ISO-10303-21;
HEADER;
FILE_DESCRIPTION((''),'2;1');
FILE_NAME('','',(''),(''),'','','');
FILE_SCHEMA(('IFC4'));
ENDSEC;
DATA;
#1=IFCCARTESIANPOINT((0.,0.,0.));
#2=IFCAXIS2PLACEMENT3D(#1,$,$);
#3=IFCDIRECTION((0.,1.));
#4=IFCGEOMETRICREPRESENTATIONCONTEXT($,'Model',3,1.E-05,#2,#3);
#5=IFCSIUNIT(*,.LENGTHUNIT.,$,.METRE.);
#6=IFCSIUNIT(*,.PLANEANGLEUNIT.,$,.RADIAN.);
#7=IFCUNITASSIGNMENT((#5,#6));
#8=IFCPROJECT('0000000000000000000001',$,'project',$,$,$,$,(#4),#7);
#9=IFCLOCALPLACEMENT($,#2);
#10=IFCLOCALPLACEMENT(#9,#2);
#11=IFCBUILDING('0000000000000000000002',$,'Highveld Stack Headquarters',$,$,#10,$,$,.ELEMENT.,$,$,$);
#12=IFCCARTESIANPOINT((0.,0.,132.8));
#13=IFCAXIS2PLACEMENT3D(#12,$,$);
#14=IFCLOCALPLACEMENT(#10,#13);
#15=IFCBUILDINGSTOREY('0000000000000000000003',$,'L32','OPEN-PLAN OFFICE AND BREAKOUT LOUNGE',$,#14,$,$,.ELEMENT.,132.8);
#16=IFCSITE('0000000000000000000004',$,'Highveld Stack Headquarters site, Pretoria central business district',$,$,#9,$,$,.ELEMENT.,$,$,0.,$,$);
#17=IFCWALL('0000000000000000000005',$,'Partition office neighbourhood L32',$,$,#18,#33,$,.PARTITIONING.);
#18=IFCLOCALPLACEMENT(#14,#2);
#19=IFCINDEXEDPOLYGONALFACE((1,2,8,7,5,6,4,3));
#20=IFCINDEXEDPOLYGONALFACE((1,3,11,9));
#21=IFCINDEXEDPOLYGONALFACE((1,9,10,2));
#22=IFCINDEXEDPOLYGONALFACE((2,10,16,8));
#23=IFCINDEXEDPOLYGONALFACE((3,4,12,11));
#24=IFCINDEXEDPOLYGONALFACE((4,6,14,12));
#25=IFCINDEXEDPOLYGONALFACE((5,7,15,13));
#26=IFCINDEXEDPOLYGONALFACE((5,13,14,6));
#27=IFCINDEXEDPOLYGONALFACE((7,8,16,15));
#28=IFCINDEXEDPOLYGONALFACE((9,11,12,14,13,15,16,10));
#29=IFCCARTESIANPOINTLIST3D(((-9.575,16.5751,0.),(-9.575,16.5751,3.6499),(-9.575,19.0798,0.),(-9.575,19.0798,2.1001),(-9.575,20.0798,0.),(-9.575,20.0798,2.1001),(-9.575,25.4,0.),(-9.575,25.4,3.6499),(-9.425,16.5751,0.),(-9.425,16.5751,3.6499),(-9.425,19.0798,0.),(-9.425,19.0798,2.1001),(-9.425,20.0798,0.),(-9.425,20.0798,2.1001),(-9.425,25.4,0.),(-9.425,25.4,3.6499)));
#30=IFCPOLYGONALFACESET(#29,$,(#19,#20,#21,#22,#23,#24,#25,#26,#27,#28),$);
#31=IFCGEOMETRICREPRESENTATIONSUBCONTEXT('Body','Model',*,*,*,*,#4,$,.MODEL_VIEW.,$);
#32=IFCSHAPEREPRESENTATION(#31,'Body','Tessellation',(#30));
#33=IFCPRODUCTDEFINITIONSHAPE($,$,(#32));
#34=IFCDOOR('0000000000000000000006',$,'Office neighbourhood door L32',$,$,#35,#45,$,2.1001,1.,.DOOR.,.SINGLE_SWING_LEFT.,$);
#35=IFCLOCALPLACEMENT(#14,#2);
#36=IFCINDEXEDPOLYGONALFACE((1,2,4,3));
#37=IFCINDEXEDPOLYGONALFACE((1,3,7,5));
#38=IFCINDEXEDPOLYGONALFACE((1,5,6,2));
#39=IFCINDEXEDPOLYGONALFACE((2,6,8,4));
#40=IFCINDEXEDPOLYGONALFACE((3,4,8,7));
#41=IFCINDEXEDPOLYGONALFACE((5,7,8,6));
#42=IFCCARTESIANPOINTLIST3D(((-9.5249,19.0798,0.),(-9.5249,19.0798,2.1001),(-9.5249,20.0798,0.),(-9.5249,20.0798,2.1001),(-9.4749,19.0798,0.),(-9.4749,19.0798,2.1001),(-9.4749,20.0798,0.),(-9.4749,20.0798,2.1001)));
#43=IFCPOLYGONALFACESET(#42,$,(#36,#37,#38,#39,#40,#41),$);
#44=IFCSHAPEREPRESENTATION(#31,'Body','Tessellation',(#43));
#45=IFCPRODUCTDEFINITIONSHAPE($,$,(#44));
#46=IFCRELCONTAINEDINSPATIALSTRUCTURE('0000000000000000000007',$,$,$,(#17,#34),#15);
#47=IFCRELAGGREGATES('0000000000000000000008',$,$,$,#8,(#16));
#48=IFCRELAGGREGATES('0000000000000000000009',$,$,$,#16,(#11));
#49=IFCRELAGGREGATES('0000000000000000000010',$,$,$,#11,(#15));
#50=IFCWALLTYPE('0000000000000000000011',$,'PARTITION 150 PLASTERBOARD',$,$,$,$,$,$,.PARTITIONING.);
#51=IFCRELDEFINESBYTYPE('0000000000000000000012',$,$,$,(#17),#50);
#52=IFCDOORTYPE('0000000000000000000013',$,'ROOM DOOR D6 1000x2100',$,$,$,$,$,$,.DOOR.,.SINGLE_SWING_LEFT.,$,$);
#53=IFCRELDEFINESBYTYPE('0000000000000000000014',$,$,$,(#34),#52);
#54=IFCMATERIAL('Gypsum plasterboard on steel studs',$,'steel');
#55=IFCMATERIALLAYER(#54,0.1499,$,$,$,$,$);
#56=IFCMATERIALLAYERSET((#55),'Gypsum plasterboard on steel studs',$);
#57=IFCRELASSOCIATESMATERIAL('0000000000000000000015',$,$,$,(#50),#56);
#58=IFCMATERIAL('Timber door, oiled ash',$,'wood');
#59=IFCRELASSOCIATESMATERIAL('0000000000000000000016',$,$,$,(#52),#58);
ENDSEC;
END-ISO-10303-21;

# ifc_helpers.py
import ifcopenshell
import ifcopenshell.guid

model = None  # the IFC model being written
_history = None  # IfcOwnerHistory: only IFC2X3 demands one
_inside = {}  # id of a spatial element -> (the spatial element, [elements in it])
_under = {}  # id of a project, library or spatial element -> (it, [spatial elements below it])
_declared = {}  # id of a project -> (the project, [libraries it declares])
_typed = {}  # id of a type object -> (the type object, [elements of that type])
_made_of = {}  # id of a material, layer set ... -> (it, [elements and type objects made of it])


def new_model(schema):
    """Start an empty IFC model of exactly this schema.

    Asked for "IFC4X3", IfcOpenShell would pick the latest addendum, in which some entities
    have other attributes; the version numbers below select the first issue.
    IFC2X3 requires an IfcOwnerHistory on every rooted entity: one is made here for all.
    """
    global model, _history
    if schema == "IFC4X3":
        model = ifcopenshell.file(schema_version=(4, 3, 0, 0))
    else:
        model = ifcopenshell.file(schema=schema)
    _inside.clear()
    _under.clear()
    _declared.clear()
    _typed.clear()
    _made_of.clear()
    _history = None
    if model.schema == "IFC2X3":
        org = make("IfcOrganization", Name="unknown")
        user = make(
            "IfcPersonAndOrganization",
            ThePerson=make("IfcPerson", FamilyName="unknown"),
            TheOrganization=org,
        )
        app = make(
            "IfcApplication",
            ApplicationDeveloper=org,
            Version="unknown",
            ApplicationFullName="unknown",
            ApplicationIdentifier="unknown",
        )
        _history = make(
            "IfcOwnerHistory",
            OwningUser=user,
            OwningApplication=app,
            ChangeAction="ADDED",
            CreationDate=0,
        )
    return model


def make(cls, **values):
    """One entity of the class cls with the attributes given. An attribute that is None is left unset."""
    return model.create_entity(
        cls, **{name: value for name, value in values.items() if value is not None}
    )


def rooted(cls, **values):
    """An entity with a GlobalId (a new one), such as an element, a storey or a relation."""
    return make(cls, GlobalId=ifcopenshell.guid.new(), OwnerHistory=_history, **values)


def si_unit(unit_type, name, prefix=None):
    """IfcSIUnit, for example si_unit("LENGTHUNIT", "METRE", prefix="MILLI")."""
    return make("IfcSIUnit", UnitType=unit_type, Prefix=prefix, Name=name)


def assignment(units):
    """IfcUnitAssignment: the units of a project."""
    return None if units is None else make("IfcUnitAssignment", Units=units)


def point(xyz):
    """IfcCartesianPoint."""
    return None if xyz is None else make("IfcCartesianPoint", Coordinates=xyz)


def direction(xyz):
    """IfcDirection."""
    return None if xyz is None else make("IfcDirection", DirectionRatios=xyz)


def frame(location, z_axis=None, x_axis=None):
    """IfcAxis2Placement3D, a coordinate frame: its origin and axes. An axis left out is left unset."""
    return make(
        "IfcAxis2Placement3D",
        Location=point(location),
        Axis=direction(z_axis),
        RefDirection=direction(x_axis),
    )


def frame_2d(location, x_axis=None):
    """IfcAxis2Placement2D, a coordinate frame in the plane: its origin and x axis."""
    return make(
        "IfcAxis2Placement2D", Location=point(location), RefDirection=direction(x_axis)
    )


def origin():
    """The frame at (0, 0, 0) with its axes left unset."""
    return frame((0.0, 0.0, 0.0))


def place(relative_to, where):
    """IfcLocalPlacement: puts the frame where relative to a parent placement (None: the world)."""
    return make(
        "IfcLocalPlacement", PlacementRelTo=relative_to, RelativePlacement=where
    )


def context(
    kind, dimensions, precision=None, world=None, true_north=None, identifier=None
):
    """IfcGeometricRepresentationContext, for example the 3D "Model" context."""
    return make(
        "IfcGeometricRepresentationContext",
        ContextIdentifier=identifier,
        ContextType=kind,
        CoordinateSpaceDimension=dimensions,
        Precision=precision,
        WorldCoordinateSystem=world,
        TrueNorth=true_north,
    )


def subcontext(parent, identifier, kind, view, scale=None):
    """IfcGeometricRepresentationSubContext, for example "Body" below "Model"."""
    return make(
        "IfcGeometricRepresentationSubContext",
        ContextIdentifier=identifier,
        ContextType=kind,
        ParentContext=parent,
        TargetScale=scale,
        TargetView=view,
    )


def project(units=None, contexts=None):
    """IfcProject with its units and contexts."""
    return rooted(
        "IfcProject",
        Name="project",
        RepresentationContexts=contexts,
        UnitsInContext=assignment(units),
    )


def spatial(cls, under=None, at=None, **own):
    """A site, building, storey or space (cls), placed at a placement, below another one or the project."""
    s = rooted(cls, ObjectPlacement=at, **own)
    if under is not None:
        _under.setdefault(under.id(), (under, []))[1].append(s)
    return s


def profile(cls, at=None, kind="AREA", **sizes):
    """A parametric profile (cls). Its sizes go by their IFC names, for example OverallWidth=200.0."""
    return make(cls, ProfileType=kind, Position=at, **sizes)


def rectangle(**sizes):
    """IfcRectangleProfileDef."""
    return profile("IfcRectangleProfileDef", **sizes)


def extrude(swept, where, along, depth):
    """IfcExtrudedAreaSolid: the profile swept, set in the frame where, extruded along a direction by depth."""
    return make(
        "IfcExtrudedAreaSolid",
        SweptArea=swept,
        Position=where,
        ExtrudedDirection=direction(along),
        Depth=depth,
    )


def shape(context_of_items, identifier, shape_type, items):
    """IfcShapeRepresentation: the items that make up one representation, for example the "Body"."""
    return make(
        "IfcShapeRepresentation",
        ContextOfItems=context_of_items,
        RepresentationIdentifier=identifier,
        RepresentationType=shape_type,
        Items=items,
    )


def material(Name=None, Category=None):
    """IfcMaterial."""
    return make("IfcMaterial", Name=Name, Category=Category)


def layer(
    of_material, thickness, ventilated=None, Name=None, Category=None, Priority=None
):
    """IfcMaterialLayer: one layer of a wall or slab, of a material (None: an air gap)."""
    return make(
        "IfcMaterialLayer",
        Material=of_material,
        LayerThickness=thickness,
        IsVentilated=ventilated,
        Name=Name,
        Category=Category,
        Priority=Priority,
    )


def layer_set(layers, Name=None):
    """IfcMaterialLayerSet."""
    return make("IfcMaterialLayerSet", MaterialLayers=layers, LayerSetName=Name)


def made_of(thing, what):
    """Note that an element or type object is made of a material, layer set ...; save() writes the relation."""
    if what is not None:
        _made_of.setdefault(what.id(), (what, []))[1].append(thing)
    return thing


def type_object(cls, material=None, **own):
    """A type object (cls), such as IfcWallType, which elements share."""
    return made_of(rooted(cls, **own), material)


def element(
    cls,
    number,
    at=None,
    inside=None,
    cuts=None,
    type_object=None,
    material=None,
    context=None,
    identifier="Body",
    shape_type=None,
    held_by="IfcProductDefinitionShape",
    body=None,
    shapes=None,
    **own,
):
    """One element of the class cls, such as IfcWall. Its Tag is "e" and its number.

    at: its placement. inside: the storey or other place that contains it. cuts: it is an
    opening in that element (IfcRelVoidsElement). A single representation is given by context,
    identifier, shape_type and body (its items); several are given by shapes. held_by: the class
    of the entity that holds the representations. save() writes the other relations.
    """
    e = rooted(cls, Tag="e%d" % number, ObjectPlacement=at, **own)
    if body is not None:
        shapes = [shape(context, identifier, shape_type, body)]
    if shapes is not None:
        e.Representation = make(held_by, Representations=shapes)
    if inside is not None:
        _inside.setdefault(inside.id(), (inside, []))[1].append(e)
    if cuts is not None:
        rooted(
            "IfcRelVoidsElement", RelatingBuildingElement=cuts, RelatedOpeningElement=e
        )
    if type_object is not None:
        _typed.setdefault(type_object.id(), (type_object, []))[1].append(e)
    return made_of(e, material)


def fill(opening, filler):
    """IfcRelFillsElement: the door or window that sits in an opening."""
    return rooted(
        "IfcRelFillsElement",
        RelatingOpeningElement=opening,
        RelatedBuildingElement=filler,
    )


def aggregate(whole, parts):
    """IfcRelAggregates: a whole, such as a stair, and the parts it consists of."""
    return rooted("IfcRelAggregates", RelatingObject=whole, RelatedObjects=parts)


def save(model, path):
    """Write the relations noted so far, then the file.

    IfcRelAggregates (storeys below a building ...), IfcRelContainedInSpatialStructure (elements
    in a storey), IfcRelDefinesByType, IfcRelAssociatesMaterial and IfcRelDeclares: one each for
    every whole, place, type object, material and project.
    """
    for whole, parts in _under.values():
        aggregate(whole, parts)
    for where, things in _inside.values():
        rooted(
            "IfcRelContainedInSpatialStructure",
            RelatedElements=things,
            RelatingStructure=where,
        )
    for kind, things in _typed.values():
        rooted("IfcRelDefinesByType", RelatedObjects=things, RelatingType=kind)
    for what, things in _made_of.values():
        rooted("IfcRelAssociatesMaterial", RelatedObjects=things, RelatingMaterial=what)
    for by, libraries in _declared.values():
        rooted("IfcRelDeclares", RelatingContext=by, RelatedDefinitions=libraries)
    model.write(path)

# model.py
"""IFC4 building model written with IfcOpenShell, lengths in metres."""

from ifc_helpers import new_model, si_unit, direction, frame, frame_2d, origin, place, context, subcontext, project, spatial, rectangle, extrude, material, layer, layer_set, type_object, element, fill, save


model = new_model("IFC4")

# Units and contexts
model_context = context("Model", 3, precision=1e-05, world=origin(), true_north=direction((0.0, 1.0)))
body_context = subcontext(model_context, "Body", "Model", "MODEL_VIEW")
ifc_project = project(units=[si_unit("LENGTHUNIT", "METRE"), si_unit("PLANEANGLEUNIT", "RADIAN")], contexts=[model_context])

# Site, building, storey
site_placement = place(None, origin())
site = spatial("IfcSite", under=ifc_project, at=site_placement, Name="Highveld Stack Headquarters site, Pretoria central business district", CompositionType="ELEMENT", RefElevation=0.0)
building_placement = place(site_placement, origin())
building = spatial("IfcBuilding", under=site, at=building_placement, Name="Highveld Stack Headquarters", CompositionType="ELEMENT")
storey_placement = place(building_placement, frame((0.0, 0.0, 132.8)))
storey = spatial("IfcBuildingStorey", under=building, at=storey_placement, Name="L32", Description="OPEN-PLAN OFFICE AND BREAKOUT LOUNGE", CompositionType="ELEMENT", Elevation=132.8)

# Shared definitions
ifc_material_1 = material(Name="Gypsum plasterboard on steel studs", Category="steel")
ifc_layer_1 = layer(ifc_material_1, 0.1499)
ifc_layer_set_1 = layer_set([ifc_layer_1], Name="Gypsum plasterboard on steel studs")
wall_type = type_object("IfcWallType", Name="PARTITION 150 PLASTERBOARD", PredefinedType="PARTITIONING", material=ifc_layer_set_1)
ifc_material_2 = material(Name="Timber door, oiled ash", Category="wood")
door_type = type_object("IfcDoorType", Name="ROOM DOOR D6 1000x2100", OperationType="SINGLE_SWING_LEFT", PredefinedType="DOOR", material=ifc_material_2)

# Wall, opening, door
wall_1_placement = place(storey_placement, frame((-9.5, 16.575, 0.0), z_axis=(0.0, 0.0, 1.0), x_axis=(0.0, 1.0, 0.0)))
wall_1 = element("IfcWall", 1, at=wall_1_placement, inside=storey, type_object=wall_type, Name="Partition office neighbourhood L32", PredefinedType="PARTITIONING", context=body_context, shape_type="SweptSolid", body=[
    extrude(rectangle(XDim=8.825, YDim=0.1499, at=frame_2d((4.4126, 0.0))), origin(), (0.0, 0.0, 1.0), 3.6499),
])
opening_1_placement = place(wall_1_placement, frame((2.5049, 0.0, 0.0)))
opening_1 = element("IfcOpeningElement", 2, at=opening_1_placement, cuts=wall_1, PredefinedType="OPENING", context=body_context, shape_type="SweptSolid", body=[
    extrude(rectangle(XDim=1.0, YDim=2.1001, at=frame_2d((0.5, 1.05))), frame((0.0, 0.085, 0.0), z_axis=(0.0, -1.0, 0.0), x_axis=(1.0, 0.0, 0.0)), (0.0, 0.0, 1.0), 0.1699),
])
door_1_placement = place(opening_1_placement, origin())
door_1 = element("IfcDoor", 3, at=door_1_placement, inside=storey, type_object=door_type, Name="Office neighbourhood door L32", OperationType="SINGLE_SWING_LEFT", OverallHeight=2.1001, OverallWidth=1.0, PredefinedType="DOOR", context=body_context, shape_type="SweptSolid", body=[
    extrude(rectangle(XDim=1.0, YDim=2.1001, at=frame_2d((0.5, 1.05))), frame((0.0, 0.0249, 0.0), z_axis=(0.0, -1.0, 0.0), x_axis=(1.0, 0.0, 0.0)), (0.0, 0.0, 1.0), 0.05),
])
fill(opening_1, door_1)

save(model, "model.ifc")
